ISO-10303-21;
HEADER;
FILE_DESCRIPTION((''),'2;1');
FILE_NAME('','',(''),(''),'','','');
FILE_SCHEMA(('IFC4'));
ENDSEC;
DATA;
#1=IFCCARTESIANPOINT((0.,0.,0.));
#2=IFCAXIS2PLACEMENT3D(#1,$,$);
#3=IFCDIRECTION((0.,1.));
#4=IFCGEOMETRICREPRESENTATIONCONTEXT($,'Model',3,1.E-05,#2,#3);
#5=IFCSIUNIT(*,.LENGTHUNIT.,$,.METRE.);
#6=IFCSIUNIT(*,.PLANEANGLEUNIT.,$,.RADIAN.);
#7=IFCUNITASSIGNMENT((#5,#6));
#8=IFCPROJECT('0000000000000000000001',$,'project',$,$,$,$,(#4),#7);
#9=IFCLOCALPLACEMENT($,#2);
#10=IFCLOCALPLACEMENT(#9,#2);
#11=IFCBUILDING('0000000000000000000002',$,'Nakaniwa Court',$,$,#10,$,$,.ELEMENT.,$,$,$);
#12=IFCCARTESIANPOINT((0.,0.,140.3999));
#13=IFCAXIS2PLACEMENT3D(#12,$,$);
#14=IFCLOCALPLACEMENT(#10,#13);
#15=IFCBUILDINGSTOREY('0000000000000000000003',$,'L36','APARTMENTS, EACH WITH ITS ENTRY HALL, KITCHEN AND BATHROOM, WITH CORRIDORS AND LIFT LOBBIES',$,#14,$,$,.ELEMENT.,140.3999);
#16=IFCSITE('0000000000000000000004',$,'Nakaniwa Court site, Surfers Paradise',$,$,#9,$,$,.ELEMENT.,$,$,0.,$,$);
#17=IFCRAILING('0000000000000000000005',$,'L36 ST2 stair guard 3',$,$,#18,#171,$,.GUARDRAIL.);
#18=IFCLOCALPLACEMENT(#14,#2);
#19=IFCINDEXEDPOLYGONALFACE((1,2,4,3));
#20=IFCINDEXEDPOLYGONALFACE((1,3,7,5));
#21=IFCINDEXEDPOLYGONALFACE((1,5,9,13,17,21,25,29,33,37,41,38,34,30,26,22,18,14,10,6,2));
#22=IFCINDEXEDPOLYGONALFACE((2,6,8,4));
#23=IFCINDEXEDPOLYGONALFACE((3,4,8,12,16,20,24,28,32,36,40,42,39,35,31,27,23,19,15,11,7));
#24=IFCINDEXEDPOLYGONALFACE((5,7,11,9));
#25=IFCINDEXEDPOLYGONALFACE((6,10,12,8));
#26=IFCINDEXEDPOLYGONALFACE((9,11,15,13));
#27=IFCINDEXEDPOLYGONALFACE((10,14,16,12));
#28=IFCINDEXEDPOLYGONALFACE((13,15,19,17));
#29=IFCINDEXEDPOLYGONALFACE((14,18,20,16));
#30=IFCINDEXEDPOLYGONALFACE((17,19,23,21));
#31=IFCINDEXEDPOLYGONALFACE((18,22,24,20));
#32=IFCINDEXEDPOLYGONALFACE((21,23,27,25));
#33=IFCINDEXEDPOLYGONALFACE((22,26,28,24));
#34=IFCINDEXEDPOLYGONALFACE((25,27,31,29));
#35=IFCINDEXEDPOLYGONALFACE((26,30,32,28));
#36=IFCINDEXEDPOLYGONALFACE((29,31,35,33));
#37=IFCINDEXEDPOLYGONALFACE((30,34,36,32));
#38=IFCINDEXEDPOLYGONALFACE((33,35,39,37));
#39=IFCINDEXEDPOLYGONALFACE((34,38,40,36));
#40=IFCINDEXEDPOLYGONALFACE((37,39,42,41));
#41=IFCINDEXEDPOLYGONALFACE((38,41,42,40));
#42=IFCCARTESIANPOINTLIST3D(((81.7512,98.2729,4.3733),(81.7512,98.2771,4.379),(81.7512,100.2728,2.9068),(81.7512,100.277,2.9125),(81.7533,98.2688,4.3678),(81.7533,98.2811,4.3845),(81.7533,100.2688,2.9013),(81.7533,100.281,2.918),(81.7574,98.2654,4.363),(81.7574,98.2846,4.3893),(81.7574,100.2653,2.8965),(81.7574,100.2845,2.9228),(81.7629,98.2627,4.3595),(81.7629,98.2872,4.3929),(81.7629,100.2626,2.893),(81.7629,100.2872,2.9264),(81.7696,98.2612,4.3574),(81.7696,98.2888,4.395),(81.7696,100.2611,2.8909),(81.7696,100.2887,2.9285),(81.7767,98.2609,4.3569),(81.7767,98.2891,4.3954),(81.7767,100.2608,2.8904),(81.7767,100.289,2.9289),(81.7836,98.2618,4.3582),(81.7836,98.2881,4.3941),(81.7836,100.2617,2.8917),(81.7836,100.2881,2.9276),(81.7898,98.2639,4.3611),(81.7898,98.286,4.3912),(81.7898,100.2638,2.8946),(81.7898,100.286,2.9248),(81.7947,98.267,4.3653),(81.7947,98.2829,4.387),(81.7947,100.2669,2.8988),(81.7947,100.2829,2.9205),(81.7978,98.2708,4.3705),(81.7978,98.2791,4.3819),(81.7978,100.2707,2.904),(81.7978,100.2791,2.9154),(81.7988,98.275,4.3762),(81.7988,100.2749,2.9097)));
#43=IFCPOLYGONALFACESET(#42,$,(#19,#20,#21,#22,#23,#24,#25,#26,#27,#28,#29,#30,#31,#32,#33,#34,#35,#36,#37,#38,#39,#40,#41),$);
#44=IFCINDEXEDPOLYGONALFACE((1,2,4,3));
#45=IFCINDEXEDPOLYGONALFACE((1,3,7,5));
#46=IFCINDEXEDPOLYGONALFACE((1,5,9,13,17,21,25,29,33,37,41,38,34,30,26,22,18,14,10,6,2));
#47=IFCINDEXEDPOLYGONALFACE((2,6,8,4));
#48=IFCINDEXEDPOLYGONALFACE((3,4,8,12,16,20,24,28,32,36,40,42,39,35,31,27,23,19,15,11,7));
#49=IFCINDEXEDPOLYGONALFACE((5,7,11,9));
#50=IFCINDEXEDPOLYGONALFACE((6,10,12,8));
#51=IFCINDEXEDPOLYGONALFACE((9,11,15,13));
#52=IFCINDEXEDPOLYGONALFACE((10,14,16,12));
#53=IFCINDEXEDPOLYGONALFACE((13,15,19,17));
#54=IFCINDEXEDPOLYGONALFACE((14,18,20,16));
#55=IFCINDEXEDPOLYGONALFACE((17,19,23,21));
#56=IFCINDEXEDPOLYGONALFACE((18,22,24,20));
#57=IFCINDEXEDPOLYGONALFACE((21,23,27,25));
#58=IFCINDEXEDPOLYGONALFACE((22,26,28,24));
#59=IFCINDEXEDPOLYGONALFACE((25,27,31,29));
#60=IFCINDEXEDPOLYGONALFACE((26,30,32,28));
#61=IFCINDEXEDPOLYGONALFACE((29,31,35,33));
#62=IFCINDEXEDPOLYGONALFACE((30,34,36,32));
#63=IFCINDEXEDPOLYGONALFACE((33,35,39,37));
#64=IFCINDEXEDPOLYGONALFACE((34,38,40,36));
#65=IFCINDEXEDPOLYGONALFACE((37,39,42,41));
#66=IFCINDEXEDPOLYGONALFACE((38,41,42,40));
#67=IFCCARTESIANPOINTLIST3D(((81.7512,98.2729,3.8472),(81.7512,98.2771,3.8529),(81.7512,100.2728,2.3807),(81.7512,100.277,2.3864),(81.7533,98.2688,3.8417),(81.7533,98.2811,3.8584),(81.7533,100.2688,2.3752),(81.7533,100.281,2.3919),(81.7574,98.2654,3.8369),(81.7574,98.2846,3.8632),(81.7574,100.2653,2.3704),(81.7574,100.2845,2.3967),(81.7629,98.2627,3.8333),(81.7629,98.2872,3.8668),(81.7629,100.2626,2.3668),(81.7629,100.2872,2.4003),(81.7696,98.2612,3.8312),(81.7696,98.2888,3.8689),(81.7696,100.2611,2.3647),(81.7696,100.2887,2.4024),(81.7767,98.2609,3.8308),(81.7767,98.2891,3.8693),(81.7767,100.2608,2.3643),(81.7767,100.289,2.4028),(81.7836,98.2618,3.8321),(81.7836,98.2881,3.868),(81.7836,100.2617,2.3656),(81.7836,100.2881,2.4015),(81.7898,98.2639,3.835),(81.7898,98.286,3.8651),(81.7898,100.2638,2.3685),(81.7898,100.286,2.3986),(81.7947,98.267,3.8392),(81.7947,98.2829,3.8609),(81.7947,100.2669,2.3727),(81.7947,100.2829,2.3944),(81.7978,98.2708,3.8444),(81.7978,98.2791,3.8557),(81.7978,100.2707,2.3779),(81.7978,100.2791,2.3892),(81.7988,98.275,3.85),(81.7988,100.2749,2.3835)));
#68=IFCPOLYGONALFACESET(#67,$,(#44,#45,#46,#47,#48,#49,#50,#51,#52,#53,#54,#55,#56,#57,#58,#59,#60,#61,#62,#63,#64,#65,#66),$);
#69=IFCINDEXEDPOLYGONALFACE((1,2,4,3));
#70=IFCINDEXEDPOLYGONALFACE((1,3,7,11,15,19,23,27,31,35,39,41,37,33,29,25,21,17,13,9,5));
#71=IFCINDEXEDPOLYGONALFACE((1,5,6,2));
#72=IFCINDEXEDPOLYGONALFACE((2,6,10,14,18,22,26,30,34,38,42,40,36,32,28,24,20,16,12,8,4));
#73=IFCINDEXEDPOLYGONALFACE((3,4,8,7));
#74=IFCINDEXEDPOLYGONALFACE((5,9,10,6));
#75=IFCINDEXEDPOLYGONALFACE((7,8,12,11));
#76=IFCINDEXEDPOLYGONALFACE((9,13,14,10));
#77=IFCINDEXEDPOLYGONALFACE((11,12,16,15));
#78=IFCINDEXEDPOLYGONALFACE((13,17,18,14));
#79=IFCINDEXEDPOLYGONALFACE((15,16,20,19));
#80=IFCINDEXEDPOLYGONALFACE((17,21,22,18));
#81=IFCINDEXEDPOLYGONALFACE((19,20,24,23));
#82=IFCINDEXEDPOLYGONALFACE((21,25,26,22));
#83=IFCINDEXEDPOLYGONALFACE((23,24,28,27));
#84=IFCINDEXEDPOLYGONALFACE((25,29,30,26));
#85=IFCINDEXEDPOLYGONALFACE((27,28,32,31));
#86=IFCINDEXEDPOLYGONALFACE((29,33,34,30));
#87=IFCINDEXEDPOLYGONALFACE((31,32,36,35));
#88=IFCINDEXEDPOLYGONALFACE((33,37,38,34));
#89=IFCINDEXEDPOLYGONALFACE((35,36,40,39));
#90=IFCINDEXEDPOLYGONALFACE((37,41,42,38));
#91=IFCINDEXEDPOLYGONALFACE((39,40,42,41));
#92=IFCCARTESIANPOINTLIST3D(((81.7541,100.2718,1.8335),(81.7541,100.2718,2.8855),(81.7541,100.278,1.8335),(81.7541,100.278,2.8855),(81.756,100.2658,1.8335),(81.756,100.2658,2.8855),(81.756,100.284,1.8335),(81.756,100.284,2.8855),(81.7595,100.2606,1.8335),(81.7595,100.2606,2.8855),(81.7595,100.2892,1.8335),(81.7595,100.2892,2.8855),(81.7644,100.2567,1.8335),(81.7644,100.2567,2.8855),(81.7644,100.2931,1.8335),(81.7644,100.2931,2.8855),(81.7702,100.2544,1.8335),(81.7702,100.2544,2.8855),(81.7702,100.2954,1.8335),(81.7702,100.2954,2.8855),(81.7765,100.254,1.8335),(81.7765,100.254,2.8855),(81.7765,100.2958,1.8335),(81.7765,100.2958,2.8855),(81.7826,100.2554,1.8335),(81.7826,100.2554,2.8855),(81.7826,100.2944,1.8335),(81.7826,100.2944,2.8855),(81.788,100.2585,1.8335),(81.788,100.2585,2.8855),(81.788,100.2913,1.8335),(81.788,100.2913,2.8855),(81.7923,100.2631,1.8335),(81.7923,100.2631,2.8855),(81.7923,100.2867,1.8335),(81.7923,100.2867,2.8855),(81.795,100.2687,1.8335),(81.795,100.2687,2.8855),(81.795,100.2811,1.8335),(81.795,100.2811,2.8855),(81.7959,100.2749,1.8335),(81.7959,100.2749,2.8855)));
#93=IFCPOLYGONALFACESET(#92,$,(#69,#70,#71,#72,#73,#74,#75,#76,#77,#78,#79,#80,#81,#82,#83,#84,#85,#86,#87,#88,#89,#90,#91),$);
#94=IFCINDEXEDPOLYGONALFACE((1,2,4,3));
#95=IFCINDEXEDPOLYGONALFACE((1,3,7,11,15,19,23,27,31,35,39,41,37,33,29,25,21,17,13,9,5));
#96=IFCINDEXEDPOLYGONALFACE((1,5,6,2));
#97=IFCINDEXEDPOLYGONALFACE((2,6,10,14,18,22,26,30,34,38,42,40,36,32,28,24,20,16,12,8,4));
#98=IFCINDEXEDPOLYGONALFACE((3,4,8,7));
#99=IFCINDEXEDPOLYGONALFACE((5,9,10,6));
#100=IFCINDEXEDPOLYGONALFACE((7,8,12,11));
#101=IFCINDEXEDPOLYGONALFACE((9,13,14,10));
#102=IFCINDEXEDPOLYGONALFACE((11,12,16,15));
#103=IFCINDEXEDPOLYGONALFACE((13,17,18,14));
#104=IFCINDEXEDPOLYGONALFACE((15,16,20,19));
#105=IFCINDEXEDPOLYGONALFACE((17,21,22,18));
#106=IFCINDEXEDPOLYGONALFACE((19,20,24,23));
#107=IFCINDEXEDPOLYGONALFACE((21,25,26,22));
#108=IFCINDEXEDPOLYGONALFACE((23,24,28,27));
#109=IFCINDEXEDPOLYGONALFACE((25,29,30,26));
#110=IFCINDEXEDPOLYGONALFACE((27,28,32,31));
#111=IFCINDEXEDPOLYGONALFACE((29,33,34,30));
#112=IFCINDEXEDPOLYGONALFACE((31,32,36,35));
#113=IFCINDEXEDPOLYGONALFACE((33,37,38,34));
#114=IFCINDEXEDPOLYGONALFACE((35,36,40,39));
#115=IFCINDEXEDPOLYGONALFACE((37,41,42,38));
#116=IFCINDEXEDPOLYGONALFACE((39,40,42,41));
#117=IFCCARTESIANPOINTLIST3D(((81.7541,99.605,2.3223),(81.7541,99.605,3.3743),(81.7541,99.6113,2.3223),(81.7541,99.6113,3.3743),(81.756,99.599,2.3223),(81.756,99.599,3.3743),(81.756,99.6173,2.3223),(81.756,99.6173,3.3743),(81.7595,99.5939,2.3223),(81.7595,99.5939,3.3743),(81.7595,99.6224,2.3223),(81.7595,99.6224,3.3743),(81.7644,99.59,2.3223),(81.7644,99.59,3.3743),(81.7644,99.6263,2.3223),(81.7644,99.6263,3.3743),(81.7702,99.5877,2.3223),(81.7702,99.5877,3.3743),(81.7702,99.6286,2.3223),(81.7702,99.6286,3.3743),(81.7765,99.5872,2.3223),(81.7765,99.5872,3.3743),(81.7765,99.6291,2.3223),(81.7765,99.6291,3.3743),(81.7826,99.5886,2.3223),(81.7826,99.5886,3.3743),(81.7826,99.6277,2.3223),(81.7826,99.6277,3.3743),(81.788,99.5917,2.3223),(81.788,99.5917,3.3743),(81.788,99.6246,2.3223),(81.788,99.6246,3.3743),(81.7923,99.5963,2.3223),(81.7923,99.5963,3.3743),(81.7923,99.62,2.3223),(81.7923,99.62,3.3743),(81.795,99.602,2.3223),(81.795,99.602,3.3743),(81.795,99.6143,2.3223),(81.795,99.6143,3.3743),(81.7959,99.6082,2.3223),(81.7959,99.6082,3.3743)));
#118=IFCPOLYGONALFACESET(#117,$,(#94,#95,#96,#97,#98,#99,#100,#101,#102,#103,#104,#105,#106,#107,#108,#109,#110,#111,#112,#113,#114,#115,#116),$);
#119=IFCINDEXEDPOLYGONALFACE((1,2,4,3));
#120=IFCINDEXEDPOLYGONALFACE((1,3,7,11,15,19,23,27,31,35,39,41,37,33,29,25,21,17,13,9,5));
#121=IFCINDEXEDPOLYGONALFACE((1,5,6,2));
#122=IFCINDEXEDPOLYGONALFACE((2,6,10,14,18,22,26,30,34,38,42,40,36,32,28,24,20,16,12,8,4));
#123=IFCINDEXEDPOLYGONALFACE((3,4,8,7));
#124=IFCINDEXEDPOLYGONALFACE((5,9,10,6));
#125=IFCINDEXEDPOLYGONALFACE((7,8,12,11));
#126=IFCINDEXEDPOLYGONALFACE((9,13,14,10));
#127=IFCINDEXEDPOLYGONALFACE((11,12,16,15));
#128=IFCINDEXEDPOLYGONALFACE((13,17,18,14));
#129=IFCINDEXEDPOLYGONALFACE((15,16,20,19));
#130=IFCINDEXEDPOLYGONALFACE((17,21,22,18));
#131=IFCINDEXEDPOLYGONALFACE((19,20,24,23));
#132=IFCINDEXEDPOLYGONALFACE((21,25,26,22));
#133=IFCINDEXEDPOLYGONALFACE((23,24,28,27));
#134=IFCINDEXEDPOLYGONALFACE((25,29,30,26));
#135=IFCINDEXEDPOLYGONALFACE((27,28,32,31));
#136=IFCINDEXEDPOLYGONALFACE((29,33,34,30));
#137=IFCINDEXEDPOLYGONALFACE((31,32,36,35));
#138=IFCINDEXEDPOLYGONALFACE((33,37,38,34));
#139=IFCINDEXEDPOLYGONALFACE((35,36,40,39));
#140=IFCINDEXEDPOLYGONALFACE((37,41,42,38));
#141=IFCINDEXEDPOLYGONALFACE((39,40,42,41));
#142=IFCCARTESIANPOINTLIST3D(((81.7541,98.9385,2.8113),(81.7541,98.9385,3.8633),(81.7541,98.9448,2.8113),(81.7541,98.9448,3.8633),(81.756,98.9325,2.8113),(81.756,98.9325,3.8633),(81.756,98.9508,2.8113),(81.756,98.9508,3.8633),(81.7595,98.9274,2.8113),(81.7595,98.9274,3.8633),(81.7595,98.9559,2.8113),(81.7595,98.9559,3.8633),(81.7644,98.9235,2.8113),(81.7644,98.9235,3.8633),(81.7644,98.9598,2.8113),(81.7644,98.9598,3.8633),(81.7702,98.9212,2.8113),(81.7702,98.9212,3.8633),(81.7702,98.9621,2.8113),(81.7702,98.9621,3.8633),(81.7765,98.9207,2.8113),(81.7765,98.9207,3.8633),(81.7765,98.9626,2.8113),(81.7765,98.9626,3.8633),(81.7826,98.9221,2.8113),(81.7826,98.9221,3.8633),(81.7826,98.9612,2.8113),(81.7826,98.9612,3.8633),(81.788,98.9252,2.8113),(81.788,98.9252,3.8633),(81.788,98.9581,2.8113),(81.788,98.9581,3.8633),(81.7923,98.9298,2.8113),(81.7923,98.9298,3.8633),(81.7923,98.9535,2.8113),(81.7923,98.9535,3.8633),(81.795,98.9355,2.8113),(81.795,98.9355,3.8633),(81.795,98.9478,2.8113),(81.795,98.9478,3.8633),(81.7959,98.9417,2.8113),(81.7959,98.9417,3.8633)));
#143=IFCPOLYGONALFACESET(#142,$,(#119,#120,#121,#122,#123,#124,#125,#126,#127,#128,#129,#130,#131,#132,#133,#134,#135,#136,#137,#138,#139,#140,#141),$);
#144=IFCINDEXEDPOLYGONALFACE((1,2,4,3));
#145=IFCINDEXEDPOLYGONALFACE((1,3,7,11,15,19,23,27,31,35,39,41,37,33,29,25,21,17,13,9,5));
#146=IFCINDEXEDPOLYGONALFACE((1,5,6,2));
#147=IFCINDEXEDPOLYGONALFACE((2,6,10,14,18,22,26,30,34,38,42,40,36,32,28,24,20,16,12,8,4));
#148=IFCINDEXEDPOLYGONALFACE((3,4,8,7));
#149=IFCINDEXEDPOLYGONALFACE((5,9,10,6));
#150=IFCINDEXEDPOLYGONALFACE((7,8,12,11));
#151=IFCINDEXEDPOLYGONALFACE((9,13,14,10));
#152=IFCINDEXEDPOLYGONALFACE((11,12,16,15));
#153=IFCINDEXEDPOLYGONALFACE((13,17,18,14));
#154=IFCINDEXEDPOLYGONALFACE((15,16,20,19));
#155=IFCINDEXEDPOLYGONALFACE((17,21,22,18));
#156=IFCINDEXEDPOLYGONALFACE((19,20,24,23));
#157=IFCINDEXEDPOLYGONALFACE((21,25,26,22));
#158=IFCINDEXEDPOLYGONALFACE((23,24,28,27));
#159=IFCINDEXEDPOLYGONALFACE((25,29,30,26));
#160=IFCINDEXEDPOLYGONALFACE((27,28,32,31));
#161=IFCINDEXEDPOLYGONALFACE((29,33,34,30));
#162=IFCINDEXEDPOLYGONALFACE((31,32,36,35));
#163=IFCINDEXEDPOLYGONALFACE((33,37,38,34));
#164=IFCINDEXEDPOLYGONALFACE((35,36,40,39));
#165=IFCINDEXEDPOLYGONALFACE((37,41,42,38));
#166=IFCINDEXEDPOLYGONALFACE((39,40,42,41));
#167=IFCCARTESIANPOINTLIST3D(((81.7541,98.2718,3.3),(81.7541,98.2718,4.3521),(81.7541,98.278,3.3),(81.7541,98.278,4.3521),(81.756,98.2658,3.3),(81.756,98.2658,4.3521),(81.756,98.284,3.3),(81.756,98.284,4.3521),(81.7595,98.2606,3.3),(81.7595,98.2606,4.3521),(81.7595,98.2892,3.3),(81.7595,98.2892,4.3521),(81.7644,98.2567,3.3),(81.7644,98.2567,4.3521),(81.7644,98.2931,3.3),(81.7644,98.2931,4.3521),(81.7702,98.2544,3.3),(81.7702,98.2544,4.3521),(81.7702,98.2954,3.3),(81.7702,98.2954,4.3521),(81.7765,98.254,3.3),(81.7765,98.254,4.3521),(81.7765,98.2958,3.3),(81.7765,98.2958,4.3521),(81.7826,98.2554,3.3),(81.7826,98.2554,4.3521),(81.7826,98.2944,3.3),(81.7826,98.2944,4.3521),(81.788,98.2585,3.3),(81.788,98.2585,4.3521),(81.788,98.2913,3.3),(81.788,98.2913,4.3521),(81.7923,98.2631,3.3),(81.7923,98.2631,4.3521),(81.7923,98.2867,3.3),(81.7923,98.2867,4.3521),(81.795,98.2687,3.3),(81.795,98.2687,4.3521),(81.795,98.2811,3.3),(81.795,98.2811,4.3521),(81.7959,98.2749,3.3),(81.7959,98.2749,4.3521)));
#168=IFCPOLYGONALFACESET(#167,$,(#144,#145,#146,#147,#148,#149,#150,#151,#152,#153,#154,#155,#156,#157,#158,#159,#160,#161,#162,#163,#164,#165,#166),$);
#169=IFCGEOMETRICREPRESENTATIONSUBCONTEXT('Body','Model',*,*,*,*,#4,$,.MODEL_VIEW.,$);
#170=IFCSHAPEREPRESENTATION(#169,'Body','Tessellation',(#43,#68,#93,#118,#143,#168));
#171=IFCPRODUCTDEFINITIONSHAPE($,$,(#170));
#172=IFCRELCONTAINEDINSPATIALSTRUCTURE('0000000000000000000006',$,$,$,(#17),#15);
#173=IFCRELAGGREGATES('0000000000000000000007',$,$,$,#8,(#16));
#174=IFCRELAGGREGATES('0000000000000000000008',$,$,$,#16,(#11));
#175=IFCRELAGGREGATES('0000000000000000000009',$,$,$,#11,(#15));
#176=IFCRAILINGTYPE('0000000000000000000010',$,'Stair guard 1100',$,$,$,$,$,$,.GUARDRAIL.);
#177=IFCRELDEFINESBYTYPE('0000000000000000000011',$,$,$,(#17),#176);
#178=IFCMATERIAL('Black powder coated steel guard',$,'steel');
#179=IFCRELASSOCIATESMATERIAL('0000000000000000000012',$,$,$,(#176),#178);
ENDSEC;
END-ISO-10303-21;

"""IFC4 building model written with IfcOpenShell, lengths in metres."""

from ifc_helpers import new_model, si_unit, direction, frame, origin, origin_2d, place, context, subcontext, project, spatial, circle, extrude, material, type_object, element, save


model = new_model("IFC4")

# Units and contexts
model_context = context("Model", 3, precision=1e-05, world=origin(), true_north=direction((0.0, 1.0)))
body_context = subcontext(model_context, "Body", "Model", "MODEL_VIEW")
ifc_project = project(units=[si_unit("LENGTHUNIT", "METRE"), si_unit("PLANEANGLEUNIT", "RADIAN")], contexts=[model_context])

# Site, building, storey
site_placement = place(None, origin())
site = spatial("IfcSite", under=ifc_project, at=site_placement, Name="Nakaniwa Court site, Surfers Paradise", CompositionType="ELEMENT", RefElevation=0.0)
building_placement = place(site_placement, origin())
building = spatial("IfcBuilding", under=site, at=building_placement, Name="Nakaniwa Court", CompositionType="ELEMENT")
storey_placement = place(building_placement, frame((0.0, 0.0, 140.3999)))
storey = spatial("IfcBuildingStorey", under=building, at=storey_placement, Name="L36", Description="APARTMENTS, EACH WITH ITS ENTRY HALL, KITCHEN AND BATHROOM, WITH CORRIDORS AND LIFT LOBBIES", CompositionType="ELEMENT", Elevation=140.3999)

# Railing
ifc_material_1 = material(Name="Black powder coated steel guard", Category="steel")
railing_type_1 = type_object("IfcRailingType", Name="Stair guard 1100", PredefinedType="GUARDRAIL", material=ifc_material_1)
railing_1_placement = place(storey_placement, frame((81.7749, 100.2749, 1.8335)))
element("IfcRailing", 1, at=railing_1_placement, inside=storey, type_object=railing_type_1, Name="L36 ST2 stair guard 3", PredefinedType="GUARDRAIL", context=body_context, shape_type="SweptSolid", body=[
    extrude(circle(Radius=0.0239, at=origin_2d()), frame((0.0, 0.0, 1.0762), z_axis=(0.0, -0.806427, 0.591334), x_axis=(1.0, 0.0, 0.0)), (0.0, 0.0, 1.0), 2.48),
    extrude(circle(Radius=0.0239, at=origin_2d()), frame((0.0, 0.0, 0.55), z_axis=(0.0, -0.806427, 0.591334), x_axis=(1.0, 0.0, 0.0)), (0.0, 0.0, 1.0), 2.48),
    extrude(circle(Radius=0.021, at=origin_2d()), origin(), (0.0, 0.0, 1.0), 1.052),
    extrude(circle(Radius=0.021, at=origin_2d()), frame((0.0, -0.6667, 0.4888)), (0.0, 0.0, 1.0), 1.052),
    extrude(circle(Radius=0.021, at=origin_2d()), frame((0.0, -1.3333, 0.9778)), (0.0, 0.0, 1.0), 1.052),
    extrude(circle(Radius=0.021, at=origin_2d()), frame((0.0, -2.0, 1.4666)), (0.0, 0.0, 1.0), 1.052),
])

save(model, "model.ifc")
